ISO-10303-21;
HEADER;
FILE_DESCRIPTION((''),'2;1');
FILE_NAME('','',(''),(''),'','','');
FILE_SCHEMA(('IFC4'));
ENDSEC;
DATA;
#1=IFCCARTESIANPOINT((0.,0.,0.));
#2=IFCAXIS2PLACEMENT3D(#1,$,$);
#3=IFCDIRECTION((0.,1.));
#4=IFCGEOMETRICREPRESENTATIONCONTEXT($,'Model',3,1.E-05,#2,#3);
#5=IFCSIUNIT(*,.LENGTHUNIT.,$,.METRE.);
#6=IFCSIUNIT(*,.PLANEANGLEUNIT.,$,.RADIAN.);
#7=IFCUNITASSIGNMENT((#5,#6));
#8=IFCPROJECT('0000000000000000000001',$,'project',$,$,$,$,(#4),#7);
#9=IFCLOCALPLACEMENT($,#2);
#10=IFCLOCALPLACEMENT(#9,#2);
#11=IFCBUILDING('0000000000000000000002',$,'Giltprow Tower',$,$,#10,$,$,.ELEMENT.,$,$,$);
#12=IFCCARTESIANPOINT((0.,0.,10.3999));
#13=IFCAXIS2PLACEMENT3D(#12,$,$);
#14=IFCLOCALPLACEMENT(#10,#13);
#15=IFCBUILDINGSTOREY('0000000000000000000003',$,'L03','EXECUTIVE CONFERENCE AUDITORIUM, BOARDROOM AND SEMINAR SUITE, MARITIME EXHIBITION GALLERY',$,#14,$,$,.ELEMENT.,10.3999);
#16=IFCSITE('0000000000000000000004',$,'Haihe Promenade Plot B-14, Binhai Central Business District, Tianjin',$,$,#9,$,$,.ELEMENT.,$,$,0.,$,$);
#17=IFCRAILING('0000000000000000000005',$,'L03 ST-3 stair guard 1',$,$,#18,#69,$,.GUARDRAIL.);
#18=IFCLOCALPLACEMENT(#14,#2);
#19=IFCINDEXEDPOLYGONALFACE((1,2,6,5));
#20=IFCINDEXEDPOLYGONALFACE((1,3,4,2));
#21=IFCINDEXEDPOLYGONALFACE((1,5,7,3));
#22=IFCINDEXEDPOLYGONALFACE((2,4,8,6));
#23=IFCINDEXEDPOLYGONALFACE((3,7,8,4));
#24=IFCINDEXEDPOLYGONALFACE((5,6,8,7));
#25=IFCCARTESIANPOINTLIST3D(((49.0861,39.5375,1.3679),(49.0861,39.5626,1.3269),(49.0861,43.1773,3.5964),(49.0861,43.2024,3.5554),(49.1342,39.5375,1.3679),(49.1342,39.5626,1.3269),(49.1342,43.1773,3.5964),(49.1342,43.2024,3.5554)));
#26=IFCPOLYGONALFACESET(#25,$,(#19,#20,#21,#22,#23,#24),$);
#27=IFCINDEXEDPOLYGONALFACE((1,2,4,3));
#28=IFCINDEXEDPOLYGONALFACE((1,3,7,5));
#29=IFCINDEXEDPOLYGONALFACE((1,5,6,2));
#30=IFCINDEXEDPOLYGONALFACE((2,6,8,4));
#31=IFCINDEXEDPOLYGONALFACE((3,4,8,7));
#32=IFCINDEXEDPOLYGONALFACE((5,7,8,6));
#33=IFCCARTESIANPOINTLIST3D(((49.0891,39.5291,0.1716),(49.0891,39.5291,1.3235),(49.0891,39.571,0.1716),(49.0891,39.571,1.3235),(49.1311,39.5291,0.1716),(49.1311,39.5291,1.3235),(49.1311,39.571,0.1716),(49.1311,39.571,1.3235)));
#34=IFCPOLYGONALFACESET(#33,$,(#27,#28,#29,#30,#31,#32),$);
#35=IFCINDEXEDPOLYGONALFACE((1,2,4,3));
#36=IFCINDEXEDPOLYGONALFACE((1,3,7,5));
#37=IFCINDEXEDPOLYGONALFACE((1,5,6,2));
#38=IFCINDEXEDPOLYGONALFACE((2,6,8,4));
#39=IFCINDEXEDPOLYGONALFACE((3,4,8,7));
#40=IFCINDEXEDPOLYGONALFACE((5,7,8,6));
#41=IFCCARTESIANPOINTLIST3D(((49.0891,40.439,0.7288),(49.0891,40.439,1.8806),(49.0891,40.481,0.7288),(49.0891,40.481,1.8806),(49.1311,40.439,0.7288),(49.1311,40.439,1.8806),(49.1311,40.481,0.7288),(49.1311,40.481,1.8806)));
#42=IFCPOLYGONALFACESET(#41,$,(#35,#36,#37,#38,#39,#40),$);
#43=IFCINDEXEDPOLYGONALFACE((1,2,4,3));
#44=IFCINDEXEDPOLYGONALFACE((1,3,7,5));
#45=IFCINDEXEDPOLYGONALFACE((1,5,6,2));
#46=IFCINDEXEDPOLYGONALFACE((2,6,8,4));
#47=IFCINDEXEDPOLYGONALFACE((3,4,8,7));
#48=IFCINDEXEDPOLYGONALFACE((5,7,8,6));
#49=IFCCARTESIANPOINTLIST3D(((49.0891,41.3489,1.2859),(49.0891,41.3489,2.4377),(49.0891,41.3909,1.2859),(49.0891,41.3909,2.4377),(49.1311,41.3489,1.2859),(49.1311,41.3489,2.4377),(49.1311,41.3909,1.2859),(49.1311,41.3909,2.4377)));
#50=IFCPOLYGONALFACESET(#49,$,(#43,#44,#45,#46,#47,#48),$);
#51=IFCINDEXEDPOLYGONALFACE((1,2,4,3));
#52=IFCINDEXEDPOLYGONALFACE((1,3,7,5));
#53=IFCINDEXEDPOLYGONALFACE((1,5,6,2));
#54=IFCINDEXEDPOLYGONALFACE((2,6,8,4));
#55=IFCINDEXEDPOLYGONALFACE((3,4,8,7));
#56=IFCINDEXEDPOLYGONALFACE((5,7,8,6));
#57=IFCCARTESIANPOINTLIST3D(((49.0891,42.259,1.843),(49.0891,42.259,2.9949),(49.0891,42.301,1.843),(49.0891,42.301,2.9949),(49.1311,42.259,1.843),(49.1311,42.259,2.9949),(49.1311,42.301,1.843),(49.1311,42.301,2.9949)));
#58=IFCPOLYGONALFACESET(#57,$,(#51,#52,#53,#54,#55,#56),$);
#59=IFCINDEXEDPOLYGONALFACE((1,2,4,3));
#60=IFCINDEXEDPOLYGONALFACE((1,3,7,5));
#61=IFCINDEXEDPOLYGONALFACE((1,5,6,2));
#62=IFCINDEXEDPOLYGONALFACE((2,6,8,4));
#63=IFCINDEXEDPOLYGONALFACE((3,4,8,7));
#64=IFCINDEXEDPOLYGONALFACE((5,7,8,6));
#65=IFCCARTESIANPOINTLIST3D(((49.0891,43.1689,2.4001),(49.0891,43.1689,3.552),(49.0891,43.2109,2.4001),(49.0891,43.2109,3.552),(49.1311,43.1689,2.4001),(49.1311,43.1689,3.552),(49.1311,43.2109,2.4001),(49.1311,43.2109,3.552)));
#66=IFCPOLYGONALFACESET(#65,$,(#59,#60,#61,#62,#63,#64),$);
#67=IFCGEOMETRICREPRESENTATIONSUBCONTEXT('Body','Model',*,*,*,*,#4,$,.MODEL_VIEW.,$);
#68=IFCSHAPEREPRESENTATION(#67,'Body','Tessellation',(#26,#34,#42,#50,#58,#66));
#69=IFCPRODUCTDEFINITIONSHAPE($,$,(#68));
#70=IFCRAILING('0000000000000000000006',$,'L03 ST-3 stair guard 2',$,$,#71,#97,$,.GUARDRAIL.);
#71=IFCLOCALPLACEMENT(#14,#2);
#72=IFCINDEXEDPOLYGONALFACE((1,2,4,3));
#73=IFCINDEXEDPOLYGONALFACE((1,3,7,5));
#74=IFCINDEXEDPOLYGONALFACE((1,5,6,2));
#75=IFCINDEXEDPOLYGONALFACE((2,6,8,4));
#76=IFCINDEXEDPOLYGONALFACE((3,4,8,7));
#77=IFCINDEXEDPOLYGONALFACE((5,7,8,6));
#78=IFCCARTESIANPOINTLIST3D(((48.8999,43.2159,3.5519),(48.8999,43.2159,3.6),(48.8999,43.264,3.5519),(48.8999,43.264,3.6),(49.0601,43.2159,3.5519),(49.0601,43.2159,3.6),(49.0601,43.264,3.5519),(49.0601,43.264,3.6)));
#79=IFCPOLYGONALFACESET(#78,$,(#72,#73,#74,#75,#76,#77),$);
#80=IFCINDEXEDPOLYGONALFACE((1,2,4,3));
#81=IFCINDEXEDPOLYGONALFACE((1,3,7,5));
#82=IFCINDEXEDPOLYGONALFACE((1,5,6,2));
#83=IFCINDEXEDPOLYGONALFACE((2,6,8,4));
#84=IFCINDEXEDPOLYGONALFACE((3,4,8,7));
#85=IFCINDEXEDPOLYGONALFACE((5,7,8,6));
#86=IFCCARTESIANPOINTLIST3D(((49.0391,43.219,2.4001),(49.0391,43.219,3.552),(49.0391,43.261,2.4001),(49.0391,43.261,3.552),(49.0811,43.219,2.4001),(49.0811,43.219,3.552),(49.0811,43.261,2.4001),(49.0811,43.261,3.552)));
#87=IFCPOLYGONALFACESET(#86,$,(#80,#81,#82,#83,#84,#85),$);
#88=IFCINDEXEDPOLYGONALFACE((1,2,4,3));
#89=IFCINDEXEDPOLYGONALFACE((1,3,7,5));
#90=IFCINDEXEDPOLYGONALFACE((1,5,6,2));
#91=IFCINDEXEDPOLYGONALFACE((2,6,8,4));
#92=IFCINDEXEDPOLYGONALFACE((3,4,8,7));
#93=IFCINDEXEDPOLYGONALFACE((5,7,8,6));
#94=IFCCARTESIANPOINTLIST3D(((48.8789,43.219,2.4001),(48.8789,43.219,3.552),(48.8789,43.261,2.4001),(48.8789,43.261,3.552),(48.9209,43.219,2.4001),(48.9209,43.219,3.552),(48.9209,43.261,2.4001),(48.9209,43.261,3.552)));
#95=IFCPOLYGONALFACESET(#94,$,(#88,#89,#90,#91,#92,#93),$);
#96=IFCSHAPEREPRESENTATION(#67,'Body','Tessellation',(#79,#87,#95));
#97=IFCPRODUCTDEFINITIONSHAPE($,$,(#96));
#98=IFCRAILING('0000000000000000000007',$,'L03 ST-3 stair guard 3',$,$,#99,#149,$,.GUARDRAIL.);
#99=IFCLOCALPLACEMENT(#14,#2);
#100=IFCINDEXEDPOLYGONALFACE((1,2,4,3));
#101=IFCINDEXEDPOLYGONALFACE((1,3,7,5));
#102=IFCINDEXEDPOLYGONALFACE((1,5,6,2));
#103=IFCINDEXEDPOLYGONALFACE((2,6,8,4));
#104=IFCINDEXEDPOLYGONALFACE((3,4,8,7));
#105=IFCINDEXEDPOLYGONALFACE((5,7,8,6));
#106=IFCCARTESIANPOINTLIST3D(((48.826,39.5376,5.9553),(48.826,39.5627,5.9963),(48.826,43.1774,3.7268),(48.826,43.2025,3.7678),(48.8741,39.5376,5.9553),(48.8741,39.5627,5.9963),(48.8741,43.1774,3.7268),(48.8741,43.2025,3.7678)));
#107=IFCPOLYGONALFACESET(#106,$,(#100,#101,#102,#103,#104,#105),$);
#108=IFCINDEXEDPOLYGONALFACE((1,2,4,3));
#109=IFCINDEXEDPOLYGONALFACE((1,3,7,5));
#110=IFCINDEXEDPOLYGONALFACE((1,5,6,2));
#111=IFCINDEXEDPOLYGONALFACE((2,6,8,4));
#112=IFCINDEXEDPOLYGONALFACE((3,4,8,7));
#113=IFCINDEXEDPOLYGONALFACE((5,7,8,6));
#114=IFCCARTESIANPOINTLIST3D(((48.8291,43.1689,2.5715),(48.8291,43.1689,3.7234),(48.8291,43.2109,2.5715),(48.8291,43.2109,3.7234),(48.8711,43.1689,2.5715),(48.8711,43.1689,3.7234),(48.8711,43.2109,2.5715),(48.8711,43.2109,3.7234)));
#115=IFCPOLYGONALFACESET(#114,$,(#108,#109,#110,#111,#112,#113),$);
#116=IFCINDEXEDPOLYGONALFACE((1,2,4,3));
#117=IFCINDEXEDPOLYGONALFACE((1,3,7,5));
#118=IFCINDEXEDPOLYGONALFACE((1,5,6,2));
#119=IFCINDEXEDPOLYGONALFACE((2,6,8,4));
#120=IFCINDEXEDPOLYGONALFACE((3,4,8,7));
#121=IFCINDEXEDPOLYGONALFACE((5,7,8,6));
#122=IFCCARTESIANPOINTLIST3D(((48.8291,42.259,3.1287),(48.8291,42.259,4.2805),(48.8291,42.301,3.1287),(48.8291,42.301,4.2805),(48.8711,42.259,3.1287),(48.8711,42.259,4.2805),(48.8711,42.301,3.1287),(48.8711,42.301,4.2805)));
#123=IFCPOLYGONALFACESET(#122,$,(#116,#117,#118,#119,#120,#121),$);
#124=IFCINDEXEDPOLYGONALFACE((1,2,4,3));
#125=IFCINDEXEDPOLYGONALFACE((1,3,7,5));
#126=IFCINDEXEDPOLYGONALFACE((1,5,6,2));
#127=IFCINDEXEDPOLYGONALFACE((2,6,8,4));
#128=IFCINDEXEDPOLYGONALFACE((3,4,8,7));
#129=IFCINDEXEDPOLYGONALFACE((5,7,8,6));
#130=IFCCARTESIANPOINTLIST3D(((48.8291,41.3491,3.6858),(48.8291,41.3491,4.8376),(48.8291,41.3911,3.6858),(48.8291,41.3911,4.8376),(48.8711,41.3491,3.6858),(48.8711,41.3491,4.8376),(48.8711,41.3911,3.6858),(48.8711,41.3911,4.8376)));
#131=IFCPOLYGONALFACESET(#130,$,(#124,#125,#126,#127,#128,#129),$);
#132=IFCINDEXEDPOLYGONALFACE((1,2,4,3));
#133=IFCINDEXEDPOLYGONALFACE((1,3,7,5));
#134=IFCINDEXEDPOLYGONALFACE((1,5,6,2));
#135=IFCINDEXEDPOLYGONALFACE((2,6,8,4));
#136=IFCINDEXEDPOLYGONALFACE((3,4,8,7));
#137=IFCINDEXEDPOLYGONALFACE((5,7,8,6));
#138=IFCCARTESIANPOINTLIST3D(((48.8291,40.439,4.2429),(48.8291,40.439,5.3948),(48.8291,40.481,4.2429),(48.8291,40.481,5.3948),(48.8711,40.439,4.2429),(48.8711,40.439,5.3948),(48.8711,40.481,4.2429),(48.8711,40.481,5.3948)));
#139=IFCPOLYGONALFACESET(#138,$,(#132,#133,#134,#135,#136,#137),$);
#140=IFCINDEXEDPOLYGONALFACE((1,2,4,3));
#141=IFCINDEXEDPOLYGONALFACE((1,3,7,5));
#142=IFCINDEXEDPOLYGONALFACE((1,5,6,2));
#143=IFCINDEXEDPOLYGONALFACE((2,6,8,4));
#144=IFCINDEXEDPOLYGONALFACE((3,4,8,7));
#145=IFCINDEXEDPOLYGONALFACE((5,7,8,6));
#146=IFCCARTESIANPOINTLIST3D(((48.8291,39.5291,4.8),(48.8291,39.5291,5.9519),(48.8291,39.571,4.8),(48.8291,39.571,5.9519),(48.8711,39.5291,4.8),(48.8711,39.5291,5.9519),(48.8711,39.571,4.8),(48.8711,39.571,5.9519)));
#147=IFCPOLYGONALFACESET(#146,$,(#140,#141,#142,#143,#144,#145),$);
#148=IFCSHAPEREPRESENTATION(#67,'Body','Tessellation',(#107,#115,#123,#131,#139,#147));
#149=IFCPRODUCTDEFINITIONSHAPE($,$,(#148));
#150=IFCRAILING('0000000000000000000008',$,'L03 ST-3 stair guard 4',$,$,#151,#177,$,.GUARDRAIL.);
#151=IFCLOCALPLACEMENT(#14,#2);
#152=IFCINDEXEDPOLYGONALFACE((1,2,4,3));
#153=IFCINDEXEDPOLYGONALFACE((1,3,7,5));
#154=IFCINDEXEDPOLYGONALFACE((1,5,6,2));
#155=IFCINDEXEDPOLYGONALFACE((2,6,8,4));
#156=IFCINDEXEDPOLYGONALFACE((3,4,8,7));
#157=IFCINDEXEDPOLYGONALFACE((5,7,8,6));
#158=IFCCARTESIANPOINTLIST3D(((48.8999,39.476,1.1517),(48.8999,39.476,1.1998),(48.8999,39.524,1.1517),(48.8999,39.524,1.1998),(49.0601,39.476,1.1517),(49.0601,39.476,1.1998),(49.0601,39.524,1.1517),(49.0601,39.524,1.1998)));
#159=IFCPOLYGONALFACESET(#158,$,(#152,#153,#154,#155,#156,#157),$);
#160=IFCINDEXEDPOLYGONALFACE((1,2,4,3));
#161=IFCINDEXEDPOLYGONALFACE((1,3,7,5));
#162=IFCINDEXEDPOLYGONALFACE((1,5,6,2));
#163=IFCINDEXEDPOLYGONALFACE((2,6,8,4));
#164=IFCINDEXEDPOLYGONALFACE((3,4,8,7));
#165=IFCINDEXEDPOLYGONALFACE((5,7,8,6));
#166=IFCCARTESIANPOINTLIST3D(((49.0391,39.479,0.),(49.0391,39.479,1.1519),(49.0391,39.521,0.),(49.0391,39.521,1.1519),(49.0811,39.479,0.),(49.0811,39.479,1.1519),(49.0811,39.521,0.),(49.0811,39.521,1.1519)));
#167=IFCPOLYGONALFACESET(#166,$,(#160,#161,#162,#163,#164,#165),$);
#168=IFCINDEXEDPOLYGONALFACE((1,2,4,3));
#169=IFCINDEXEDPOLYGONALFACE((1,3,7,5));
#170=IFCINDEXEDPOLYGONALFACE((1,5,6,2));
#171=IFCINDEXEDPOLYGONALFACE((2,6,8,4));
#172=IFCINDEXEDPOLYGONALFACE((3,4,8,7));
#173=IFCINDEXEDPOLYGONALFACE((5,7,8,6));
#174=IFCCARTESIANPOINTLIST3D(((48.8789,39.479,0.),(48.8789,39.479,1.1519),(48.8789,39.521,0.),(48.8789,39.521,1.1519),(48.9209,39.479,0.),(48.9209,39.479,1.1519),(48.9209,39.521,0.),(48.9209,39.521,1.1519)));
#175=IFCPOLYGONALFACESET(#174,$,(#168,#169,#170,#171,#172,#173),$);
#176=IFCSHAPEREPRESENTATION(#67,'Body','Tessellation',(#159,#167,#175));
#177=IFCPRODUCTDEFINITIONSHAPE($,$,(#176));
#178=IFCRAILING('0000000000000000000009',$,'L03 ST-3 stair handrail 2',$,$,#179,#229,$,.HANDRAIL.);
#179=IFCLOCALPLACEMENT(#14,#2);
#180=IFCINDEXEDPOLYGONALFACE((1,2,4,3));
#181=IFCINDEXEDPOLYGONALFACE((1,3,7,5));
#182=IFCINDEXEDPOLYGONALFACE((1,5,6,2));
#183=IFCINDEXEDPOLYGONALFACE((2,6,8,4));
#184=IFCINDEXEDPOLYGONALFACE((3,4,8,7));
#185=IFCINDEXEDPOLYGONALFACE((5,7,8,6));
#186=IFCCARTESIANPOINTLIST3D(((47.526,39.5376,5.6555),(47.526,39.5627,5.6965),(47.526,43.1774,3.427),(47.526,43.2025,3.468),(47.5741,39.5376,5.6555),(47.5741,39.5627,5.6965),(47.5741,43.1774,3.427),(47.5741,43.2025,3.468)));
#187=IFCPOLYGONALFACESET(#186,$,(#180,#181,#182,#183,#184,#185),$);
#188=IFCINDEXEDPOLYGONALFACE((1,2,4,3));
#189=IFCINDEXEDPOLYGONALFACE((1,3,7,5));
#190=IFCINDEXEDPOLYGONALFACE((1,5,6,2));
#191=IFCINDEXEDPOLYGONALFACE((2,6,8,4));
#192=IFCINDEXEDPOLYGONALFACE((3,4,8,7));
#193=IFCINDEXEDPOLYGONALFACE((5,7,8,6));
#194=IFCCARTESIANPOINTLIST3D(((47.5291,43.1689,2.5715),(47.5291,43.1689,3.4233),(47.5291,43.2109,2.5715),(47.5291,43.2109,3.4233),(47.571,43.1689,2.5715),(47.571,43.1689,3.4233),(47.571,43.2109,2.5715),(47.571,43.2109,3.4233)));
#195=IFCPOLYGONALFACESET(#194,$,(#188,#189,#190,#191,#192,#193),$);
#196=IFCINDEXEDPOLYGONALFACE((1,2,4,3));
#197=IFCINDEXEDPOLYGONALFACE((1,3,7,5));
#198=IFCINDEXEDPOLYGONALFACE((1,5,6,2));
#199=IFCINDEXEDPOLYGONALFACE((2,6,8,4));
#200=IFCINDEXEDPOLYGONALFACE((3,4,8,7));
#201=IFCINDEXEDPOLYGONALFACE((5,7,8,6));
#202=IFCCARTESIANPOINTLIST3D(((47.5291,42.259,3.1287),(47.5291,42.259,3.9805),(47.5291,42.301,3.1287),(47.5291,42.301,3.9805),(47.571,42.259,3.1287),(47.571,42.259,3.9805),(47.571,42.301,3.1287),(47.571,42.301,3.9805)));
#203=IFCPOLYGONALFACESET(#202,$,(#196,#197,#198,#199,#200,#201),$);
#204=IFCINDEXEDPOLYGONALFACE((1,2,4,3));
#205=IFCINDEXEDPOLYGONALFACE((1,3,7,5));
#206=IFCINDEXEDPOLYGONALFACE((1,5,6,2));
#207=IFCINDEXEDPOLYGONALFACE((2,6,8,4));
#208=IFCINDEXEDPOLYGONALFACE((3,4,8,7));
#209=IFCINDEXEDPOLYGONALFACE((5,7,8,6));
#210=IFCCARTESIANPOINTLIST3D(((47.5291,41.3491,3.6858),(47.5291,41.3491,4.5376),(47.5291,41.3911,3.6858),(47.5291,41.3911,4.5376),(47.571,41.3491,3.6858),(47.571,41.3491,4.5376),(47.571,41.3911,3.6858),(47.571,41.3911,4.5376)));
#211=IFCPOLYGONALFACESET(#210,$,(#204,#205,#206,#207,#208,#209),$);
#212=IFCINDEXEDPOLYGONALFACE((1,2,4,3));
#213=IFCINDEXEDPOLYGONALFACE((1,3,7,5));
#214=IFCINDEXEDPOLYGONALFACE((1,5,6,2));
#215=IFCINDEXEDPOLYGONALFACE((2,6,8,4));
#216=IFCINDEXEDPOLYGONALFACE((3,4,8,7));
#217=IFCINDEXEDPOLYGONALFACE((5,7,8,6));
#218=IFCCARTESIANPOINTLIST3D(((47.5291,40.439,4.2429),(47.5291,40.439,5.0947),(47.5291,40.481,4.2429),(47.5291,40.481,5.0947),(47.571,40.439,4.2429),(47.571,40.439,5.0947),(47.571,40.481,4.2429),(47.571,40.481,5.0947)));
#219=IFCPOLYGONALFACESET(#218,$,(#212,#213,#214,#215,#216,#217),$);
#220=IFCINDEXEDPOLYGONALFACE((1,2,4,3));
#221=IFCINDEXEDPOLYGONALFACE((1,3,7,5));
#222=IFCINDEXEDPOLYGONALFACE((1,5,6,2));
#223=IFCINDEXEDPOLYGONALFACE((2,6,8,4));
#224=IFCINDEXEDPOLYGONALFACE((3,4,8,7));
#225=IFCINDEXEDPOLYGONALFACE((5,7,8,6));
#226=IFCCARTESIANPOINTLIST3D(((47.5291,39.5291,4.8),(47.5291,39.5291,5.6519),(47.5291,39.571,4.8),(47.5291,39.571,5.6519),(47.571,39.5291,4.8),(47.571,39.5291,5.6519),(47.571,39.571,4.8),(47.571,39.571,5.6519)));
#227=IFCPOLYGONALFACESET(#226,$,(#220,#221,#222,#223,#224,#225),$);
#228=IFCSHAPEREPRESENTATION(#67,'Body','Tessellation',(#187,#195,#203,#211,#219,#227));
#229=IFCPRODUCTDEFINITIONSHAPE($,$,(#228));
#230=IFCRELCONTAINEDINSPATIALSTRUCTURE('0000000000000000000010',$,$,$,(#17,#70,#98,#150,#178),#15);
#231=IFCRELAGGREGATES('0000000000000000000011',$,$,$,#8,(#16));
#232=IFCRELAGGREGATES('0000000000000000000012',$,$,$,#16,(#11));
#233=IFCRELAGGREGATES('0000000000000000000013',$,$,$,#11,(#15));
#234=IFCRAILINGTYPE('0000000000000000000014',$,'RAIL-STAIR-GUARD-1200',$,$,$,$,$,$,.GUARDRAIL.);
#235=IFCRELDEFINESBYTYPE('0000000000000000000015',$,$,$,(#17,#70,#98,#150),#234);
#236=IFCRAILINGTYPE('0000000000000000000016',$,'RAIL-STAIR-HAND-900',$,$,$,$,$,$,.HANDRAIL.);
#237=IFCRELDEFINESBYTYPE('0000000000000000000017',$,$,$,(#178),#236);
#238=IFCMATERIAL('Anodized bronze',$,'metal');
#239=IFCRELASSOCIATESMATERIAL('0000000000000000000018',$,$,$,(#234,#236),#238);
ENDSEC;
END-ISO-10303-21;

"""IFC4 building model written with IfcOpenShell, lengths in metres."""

from ifc_helpers import new_model, si_unit, direction, frame, origin, origin_2d, place, context, subcontext, project, spatial, rectangle, extrude, material, type_object, element, save


model = new_model("IFC4")

# Units and contexts
model_context = context("Model", 3, precision=1e-05, world=origin(), true_north=direction((0.0, 1.0)))
body_context = subcontext(model_context, "Body", "Model", "MODEL_VIEW")
ifc_project = project(units=[si_unit("LENGTHUNIT", "METRE"), si_unit("PLANEANGLEUNIT", "RADIAN")], contexts=[model_context])

# Site, building, storey
site_placement = place(None, origin())
site = spatial("IfcSite", under=ifc_project, at=site_placement, Name="Haihe Promenade Plot B-14, Binhai Central Business District, Tianjin", CompositionType="ELEMENT", RefElevation=0.0)
building_placement = place(site_placement, origin())
building = spatial("IfcBuilding", under=site, at=building_placement, Name="Giltprow Tower", CompositionType="ELEMENT")
storey_placement = place(building_placement, frame((0.0, 0.0, 10.3999)))
storey = spatial("IfcBuildingStorey", under=building, at=storey_placement, Name="L03", Description="EXECUTIVE CONFERENCE AUDITORIUM, BOARDROOM AND SEMINAR SUITE, MARITIME EXHIBITION GALLERY", CompositionType="ELEMENT", Elevation=10.3999)

# Railings
ifc_material_1 = material(Name="Anodized bronze", Category="metal")
railing_type_1 = type_object("IfcRailingType", Name="RAIL-STAIR-GUARD-1200", PredefinedType="GUARDRAIL", material=ifc_material_1)
railing_1_placement = place(storey_placement, frame((49.1101, 39.55, 0.1716)))
element("IfcRailing", 1, at=railing_1_placement, inside=storey, type_object=railing_type_1, Name="L03 ST-3 stair guard 1", PredefinedType="GUARDRAIL", context=body_context, shape_type="SweptSolid", body=[
    extrude(rectangle(XDim=0.0481, YDim=0.0481, at=origin_2d()), frame((0.0, 0.0, 1.1758), z_axis=(0.0, 0.85285, 0.522156), x_axis=(-1.0, 0.0, 0.0)), (0.0, 0.0, 1.0), 4.2678),
    extrude(rectangle(XDim=0.042, YDim=0.042, at=origin_2d()), origin(), (0.0, 0.0, 1.0), 1.1519),
    extrude(rectangle(XDim=0.042, YDim=0.042, at=origin_2d()), frame((0.0, 0.9099, 0.5571)), (0.0, 0.0, 1.0), 1.1519),
    extrude(rectangle(XDim=0.042, YDim=0.042, at=origin_2d()), frame((0.0, 1.8198, 1.1143)), (0.0, 0.0, 1.0), 1.1519),
    extrude(rectangle(XDim=0.042, YDim=0.042, at=origin_2d()), frame((0.0, 2.73, 1.6714)), (0.0, 0.0, 1.0), 1.1519),
    extrude(rectangle(XDim=0.042, YDim=0.042, at=origin_2d()), frame((0.0, 3.6399, 2.2285)), (0.0, 0.0, 1.0), 1.1519),
])
railing_2_placement = place(storey_placement, frame((49.0601, 43.24, 2.4001)))
element("IfcRailing", 2, at=railing_2_placement, inside=storey, type_object=railing_type_1, Name="L03 ST-3 stair guard 2", PredefinedType="GUARDRAIL", context=body_context, shape_type="SweptSolid", body=[
    extrude(rectangle(XDim=0.0481, YDim=0.0481, at=origin_2d()), frame((0.0, 0.0, 1.1758), z_axis=(-1.0, 0.0, 0.0), x_axis=(0.0, -1.0, 0.0)), (0.0, 0.0, 1.0), 0.1602),
    extrude(rectangle(XDim=0.042, YDim=0.042, at=origin_2d()), origin(), (0.0, 0.0, 1.0), 1.1519),
    extrude(rectangle(XDim=0.042, YDim=0.042, at=origin_2d()), frame((-0.1602, 0.0, 0.0)), (0.0, 0.0, 1.0), 1.1519),
])
railing_3_placement = place(storey_placement, frame((48.8501, 43.1899, 2.5715)))
element("IfcRailing", 3, at=railing_3_placement, inside=storey, type_object=railing_type_1, Name="L03 ST-3 stair guard 3", PredefinedType="GUARDRAIL", context=body_context, shape_type="SweptSolid", body=[
    extrude(rectangle(XDim=0.0481, YDim=0.0481, at=origin_2d()), frame((0.0, 0.0, 1.1758), z_axis=(0.0, -0.85285, 0.522156), x_axis=(1.0, 0.0, 0.0)), (0.0, 0.0, 1.0), 4.2678),
    extrude(rectangle(XDim=0.042, YDim=0.042, at=origin_2d()), origin(), (0.0, 0.0, 1.0), 1.1519),
    extrude(rectangle(XDim=0.042, YDim=0.042, at=origin_2d()), frame((0.0, -0.9099, 0.5571)), (0.0, 0.0, 1.0), 1.1519),
    extrude(rectangle(XDim=0.042, YDim=0.042, at=origin_2d()), frame((0.0, -1.8198, 1.1143)), (0.0, 0.0, 1.0), 1.1519),
    extrude(rectangle(XDim=0.042, YDim=0.042, at=origin_2d()), frame((0.0, -2.73, 1.6714)), (0.0, 0.0, 1.0), 1.1519),
    extrude(rectangle(XDim=0.042, YDim=0.042, at=origin_2d()), frame((0.0, -3.6399, 2.2285)), (0.0, 0.0, 1.0), 1.1519),
])
railing_4_placement = place(storey_placement, frame((49.0601, 39.5, 0.0)))
element("IfcRailing", 4, at=railing_4_placement, inside=storey, type_object=railing_type_1, Name="L03 ST-3 stair guard 4", PredefinedType="GUARDRAIL", context=body_context, shape_type="SweptSolid", body=[
    extrude(rectangle(XDim=0.0481, YDim=0.0481, at=origin_2d()), frame((0.0, 0.0, 1.1758), z_axis=(-1.0, 0.0, 0.0), x_axis=(0.0, -1.0, 0.0)), (0.0, 0.0, 1.0), 0.1602),
    extrude(rectangle(XDim=0.042, YDim=0.042, at=origin_2d()), origin(), (0.0, 0.0, 1.0), 1.1519),
    extrude(rectangle(XDim=0.042, YDim=0.042, at=origin_2d()), frame((-0.1602, 0.0, 0.0)), (0.0, 0.0, 1.0), 1.1519),
])
railing_type_2 = type_object("IfcRailingType", Name="RAIL-STAIR-HAND-900", PredefinedType="HANDRAIL", material=ifc_material_1)
railing_5_placement = place(storey_placement, frame((47.55, 43.1899, 2.5715)))
element("IfcRailing", 5, at=railing_5_placement, inside=storey, type_object=railing_type_2, Name="L03 ST-3 stair handrail 2", PredefinedType="HANDRAIL", context=body_context, shape_type="SweptSolid", body=[
    extrude(rectangle(XDim=0.0481, YDim=0.0481, at=origin_2d()), frame((0.0, 0.0, 0.876), z_axis=(0.0, -0.85285, 0.522156), x_axis=(1.0, 0.0, 0.0)), (0.0, 0.0, 1.0), 4.2678),
    extrude(rectangle(XDim=0.042, YDim=0.042, at=origin_2d()), origin(), (0.0, 0.0, 1.0), 0.8518),
    extrude(rectangle(XDim=0.042, YDim=0.042, at=origin_2d()), frame((0.0, -0.9099, 0.5571)), (0.0, 0.0, 1.0), 0.8518),
    extrude(rectangle(XDim=0.042, YDim=0.042, at=origin_2d()), frame((0.0, -1.8198, 1.1143)), (0.0, 0.0, 1.0), 0.8518),
    extrude(rectangle(XDim=0.042, YDim=0.042, at=origin_2d()), frame((0.0, -2.73, 1.6714)), (0.0, 0.0, 1.0), 0.8518),
    extrude(rectangle(XDim=0.042, YDim=0.042, at=origin_2d()), frame((0.0, -3.6399, 2.2285)), (0.0, 0.0, 1.0), 0.8518),
])

save(model, "model.ifc")
